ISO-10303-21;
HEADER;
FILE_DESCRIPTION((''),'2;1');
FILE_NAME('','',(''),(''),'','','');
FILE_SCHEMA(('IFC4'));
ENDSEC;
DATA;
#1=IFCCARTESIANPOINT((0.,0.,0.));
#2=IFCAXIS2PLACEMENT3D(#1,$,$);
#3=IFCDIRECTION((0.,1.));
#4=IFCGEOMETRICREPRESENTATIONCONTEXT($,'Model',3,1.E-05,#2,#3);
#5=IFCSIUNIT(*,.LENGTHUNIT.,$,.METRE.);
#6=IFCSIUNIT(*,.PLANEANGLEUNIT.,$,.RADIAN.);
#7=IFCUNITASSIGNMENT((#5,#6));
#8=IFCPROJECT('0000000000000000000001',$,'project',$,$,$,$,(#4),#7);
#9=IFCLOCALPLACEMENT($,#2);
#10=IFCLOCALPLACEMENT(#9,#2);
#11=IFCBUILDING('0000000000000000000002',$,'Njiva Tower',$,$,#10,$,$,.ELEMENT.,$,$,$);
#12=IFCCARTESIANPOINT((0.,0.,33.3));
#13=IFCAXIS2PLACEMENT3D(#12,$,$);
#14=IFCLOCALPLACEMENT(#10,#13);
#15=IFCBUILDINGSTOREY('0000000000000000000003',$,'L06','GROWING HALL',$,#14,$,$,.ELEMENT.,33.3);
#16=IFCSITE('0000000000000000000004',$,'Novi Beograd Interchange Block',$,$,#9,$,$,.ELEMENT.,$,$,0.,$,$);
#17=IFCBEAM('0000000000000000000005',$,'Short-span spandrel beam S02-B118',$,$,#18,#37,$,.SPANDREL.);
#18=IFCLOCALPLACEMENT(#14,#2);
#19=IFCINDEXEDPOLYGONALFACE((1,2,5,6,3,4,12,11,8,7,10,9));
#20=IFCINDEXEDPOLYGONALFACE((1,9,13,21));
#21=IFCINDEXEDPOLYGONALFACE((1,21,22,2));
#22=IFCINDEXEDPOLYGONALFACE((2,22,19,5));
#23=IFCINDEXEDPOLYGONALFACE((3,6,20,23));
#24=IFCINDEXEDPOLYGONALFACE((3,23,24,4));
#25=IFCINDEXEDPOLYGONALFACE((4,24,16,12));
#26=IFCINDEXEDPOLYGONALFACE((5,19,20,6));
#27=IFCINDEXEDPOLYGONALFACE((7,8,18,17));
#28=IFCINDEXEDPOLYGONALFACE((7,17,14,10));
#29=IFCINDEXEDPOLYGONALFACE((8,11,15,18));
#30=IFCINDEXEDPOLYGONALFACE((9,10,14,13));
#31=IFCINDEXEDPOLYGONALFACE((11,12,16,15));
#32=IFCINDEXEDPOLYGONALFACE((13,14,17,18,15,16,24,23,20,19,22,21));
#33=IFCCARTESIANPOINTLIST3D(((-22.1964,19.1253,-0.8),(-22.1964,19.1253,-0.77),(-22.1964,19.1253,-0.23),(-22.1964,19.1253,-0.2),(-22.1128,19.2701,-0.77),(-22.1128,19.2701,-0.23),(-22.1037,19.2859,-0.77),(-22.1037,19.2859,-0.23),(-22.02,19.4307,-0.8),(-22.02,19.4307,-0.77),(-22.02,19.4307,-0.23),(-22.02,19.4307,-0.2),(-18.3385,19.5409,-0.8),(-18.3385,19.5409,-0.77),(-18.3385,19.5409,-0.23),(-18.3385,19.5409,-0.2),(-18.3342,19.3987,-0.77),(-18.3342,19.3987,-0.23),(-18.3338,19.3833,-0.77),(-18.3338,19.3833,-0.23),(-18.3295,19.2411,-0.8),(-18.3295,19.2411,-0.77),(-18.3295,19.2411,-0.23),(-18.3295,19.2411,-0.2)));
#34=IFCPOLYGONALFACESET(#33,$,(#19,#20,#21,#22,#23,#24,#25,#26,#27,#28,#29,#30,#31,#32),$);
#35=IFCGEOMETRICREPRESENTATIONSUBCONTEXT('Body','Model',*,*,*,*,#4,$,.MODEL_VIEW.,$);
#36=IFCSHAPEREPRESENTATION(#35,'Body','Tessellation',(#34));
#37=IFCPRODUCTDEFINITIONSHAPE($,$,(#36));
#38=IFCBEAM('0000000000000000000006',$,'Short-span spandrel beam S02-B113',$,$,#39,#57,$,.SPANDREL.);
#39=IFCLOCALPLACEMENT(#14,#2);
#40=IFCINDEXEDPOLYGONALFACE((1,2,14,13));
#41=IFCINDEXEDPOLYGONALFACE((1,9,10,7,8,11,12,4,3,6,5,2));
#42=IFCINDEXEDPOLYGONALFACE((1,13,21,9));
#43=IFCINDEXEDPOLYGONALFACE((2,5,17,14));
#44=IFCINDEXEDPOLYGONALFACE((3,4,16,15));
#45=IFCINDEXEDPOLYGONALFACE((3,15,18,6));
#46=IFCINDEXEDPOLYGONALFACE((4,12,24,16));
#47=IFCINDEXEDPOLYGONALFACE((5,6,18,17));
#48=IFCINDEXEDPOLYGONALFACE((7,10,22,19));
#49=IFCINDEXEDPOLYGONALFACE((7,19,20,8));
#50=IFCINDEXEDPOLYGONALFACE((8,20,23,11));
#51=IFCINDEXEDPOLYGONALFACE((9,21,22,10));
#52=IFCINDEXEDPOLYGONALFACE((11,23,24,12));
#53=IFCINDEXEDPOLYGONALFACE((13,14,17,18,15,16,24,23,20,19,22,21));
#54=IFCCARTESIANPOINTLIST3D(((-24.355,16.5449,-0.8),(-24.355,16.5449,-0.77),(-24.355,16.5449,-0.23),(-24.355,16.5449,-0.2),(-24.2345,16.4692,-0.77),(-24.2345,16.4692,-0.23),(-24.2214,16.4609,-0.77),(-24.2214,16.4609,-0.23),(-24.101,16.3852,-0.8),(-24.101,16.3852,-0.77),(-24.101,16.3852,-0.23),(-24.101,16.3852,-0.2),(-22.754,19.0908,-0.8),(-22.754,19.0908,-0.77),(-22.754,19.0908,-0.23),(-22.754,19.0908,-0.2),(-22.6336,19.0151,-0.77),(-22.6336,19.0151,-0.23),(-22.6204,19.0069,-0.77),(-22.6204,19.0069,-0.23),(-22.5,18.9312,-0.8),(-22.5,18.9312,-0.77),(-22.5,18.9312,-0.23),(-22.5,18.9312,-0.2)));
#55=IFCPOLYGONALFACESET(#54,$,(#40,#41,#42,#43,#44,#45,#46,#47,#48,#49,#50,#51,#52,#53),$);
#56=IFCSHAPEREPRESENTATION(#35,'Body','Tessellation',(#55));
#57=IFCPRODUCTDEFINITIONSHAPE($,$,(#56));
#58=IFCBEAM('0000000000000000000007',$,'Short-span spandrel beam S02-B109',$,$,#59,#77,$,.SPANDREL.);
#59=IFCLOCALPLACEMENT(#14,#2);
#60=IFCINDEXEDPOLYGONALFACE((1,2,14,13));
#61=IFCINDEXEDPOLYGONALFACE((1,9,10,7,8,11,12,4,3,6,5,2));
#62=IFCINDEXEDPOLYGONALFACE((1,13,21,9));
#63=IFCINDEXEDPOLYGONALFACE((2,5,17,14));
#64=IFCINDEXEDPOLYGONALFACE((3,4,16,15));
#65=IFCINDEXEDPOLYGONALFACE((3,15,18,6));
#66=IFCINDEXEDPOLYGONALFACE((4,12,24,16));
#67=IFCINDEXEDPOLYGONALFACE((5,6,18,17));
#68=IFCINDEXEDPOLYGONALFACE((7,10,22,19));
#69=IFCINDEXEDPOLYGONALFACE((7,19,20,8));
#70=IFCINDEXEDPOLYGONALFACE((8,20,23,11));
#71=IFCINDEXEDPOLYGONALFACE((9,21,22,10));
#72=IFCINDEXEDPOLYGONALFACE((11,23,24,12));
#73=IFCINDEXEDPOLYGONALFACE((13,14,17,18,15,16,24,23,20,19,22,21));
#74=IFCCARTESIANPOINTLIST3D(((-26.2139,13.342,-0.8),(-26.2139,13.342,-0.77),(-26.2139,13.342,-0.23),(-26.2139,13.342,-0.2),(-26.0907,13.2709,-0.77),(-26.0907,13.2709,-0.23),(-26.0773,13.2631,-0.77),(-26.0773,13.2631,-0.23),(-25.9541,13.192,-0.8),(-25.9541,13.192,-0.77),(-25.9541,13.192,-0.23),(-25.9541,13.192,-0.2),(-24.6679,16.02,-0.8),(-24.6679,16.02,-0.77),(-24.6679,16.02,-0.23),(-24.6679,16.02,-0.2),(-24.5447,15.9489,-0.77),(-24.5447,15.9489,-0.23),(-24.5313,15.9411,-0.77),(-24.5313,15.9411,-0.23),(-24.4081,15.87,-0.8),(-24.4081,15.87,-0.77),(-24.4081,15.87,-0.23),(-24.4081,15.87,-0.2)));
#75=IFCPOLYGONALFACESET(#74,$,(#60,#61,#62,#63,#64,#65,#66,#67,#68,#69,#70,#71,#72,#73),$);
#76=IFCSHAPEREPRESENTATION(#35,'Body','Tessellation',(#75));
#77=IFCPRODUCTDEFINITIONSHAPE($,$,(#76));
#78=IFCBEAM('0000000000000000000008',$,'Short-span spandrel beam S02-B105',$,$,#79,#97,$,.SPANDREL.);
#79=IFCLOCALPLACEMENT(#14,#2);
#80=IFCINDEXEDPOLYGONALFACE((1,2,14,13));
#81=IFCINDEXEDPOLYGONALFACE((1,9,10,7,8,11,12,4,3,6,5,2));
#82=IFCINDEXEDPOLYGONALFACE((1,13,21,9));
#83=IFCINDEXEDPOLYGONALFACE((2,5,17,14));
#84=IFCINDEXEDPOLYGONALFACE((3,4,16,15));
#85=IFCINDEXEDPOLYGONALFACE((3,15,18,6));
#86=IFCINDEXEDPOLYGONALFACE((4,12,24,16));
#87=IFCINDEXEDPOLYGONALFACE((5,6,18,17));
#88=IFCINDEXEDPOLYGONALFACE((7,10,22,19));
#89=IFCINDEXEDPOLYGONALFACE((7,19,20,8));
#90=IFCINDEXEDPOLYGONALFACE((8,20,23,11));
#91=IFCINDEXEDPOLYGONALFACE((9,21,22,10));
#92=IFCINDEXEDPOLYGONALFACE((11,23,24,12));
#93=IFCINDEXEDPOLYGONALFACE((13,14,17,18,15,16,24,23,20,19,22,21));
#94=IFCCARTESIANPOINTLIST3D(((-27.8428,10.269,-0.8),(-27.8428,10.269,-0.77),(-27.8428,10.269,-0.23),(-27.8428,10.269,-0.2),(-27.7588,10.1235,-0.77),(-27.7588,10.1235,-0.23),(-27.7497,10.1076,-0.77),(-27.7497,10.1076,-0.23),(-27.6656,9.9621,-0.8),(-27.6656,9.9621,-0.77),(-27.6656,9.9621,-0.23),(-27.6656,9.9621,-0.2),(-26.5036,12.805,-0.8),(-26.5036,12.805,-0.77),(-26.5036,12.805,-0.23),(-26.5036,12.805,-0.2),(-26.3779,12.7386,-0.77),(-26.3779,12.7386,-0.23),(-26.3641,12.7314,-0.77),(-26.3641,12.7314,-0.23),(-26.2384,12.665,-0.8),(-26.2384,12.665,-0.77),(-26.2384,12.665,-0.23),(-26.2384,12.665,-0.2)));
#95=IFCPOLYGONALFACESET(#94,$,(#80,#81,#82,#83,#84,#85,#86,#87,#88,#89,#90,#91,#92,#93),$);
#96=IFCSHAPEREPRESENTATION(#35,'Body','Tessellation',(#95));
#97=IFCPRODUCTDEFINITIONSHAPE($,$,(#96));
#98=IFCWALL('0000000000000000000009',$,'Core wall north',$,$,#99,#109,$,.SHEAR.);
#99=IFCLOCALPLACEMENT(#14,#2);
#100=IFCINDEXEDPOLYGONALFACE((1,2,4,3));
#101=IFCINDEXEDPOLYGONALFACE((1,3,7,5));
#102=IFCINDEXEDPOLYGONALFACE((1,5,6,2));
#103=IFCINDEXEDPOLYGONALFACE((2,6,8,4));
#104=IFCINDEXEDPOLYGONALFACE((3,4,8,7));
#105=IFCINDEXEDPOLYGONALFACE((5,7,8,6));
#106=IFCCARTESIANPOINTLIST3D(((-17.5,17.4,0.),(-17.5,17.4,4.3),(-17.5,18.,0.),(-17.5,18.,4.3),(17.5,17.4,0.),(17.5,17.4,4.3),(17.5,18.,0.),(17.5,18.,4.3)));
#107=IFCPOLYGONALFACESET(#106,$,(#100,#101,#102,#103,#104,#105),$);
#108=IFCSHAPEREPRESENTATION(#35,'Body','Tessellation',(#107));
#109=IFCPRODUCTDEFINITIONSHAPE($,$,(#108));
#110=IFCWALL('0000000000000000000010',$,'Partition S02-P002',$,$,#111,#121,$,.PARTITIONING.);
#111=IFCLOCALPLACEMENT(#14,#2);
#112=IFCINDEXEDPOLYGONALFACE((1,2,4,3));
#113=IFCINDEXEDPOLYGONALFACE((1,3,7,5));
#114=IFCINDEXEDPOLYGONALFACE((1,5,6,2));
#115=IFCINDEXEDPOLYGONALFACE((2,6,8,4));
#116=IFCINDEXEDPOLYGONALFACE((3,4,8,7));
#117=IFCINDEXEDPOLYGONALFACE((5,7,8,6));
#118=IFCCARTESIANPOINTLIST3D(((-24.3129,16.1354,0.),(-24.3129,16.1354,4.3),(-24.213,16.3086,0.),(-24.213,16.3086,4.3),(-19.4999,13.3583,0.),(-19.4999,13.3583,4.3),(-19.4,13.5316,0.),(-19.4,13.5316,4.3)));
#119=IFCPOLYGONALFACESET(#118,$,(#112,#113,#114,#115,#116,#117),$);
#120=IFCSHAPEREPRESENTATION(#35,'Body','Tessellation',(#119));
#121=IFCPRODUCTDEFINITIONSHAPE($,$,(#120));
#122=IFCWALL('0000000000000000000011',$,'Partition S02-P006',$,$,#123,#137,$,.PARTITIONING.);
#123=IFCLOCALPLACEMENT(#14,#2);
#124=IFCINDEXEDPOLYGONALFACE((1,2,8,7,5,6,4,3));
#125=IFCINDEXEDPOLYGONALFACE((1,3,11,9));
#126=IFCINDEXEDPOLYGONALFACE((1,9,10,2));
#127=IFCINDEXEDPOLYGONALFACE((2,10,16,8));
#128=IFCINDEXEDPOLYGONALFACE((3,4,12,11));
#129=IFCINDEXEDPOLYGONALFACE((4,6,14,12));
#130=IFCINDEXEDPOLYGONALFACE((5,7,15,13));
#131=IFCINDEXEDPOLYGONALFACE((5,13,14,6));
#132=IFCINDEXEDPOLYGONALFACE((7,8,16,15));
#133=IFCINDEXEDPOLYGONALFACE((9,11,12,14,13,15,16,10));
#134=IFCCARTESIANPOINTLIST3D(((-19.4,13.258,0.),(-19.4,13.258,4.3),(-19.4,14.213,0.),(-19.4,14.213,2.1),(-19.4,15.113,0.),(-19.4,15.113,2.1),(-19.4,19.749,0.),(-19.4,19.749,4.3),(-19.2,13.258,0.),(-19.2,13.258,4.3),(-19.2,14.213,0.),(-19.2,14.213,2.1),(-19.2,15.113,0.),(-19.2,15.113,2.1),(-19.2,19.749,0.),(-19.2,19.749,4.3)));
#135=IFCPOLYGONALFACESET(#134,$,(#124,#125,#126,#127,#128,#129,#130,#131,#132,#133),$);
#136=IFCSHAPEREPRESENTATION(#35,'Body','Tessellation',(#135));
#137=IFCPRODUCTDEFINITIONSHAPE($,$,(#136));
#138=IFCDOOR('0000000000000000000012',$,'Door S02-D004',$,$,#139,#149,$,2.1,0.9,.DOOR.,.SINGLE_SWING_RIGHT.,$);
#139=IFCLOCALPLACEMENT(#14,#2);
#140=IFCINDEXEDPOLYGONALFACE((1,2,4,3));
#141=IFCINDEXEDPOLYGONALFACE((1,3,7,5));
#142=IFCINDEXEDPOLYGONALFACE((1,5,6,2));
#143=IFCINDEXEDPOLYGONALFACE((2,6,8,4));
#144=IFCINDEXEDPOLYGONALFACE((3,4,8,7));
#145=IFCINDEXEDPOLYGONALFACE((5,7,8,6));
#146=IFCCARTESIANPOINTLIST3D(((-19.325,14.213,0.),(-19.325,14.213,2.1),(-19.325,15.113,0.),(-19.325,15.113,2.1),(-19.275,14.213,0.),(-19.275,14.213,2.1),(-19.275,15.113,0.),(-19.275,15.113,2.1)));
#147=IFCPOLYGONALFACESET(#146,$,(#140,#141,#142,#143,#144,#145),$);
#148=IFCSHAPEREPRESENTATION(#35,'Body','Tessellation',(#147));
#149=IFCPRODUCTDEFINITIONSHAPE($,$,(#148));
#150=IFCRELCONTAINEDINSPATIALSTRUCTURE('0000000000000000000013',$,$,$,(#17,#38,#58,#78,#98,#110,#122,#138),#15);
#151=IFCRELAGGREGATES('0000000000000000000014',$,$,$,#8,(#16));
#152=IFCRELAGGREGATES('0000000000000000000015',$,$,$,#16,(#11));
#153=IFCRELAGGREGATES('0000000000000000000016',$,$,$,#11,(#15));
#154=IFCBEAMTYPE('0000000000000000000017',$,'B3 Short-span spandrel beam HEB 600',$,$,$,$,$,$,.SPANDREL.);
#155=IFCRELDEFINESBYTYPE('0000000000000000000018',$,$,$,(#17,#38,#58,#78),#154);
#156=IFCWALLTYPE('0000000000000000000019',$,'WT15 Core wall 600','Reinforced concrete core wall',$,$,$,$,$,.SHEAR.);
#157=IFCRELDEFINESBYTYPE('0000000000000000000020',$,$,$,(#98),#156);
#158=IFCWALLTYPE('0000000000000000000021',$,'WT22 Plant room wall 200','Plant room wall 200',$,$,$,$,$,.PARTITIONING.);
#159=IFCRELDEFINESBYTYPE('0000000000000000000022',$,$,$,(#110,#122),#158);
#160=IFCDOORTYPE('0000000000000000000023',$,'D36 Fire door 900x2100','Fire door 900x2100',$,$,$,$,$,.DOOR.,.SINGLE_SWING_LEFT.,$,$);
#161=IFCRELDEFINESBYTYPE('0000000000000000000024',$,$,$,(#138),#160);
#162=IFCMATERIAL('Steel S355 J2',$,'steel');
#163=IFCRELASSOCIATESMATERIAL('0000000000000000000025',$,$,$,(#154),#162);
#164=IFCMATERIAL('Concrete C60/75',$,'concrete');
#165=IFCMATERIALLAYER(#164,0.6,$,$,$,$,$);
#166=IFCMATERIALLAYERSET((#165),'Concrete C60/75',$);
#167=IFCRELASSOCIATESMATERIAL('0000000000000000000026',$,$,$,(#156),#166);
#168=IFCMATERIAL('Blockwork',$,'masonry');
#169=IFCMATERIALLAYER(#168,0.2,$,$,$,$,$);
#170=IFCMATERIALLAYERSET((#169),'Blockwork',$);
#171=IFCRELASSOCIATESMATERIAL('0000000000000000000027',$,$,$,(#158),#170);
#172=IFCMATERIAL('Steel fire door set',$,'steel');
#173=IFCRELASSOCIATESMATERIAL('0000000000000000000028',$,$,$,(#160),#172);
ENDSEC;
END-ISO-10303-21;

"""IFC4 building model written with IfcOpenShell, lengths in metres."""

from ifc_helpers import new_model, si_unit, direction, frame, frame_2d, origin, origin_2d, place, context, subcontext, project, spatial, rectangle, i_section, extrude, clip, halfspace, material, layer, layer_set, material_profile, profile_set, type_object, element, fill, save


model = new_model("IFC4")

# Units and contexts
model_context = context("Model", 3, precision=1e-05, world=origin(), true_north=direction((0.0, 1.0)))
body_context = subcontext(model_context, "Body", "Model", "MODEL_VIEW")
ifc_project = project(units=[si_unit("LENGTHUNIT", "METRE"), si_unit("PLANEANGLEUNIT", "RADIAN")], contexts=[model_context])

# Site, building, storey
site_placement = place(None, origin())
site = spatial("IfcSite", under=ifc_project, at=site_placement, Name="Novi Beograd Interchange Block", CompositionType="ELEMENT", RefElevation=0.0)
building_placement = place(site_placement, origin())
building = spatial("IfcBuilding", under=site, at=building_placement, Name="Njiva Tower", CompositionType="ELEMENT")
storey_placement = place(building_placement, frame((0.0, 0.0, 33.3)))
storey = spatial("IfcBuildingStorey", under=building, at=storey_placement, Name="L06", Description="GROWING HALL", CompositionType="ELEMENT", Elevation=33.3)

# Shared definitions
ifc_material_1 = material(Name="Steel S355 J2", Category="steel")

# Beams
ifc_material_profile_1 = material_profile(ifc_material_1, i_section(OverallWidth=0.3, OverallDepth=0.6, WebThickness=0.0155, FlangeThickness=0.03, at=origin_2d()), Name="HEB 600")
ifc_profile_set_1 = profile_set([ifc_material_profile_1], Name="Steel S355 J2")
beam_type_1 = type_object("IfcBeamType", Name="B3 Short-span spandrel beam HEB 600", PredefinedType="SPANDREL", material=ifc_profile_set_1)
beam_1_placement = place(storey_placement, frame((-18.334, 19.391, -0.5), z_axis=(-0.999552, -0.029928, 0.0), x_axis=(0.029928, -0.999552, 0.0)))
element("IfcBeam", 1, at=beam_1_placement, inside=storey, type_object=beam_type_1, Name="Short-span spandrel beam S02-B118", PredefinedType="SPANDREL", context=body_context, shape_type="Clipping", body=[
    clip(extrude(i_section(OverallWidth=0.3, OverallDepth=0.6, WebThickness=0.0155, FlangeThickness=0.03, at=origin_2d()), origin(), (0.0, 0.0, 1.0), 3.8887), halfspace(frame((-0.0259, 0.0, 3.7599), z_axis=(-0.525693, 0.0, 0.850675), x_axis=(0.0, 1.0, 0.0)), False)),
])
beam_2_placement = place(storey_placement, frame((-22.627, 19.011, -0.5), z_axis=(-0.532328, -0.846538, 0.0), x_axis=(0.846538, -0.532328, 0.0)))
element("IfcBeam", 2, at=beam_2_placement, inside=storey, type_object=beam_type_1, Name="Short-span spandrel beam S02-B113", PredefinedType="SPANDREL", context=body_context, shape_type="SweptSolid", body=[
    extrude(i_section(OverallWidth=0.3, OverallDepth=0.6, WebThickness=0.0155, FlangeThickness=0.03, at=origin_2d()), origin(), (0.0, 0.0, 1.0), 3.0075),
])
beam_3_placement = place(storey_placement, frame((-24.538, 15.945, -0.5), z_axis=(-0.499965, -0.866046, 0.0), x_axis=(0.866046, -0.499965, 0.0)))
element("IfcBeam", 3, at=beam_3_placement, inside=storey, type_object=beam_type_1, Name="Short-span spandrel beam S02-B109", PredefinedType="SPANDREL", context=body_context, shape_type="SweptSolid", body=[
    extrude(i_section(OverallWidth=0.3, OverallDepth=0.6, WebThickness=0.0155, FlangeThickness=0.03, at=origin_2d()), origin(), (0.0, 0.0, 1.0), 3.0922),
])
beam_4_placement = place(storey_placement, frame((-26.371, 12.735, -0.5), z_axis=(-0.466957, -0.88428, 0.0), x_axis=(0.88428, -0.466957, 0.0)))
element("IfcBeam", 4, at=beam_4_placement, inside=storey, type_object=beam_type_1, Name="Short-span spandrel beam S02-B105", PredefinedType="SPANDREL", context=body_context, shape_type="Clipping", body=[
    clip(extrude(i_section(OverallWidth=0.3, OverallDepth=0.6, WebThickness=0.0155, FlangeThickness=0.03, at=origin_2d()), origin(), (0.0, 0.0, 1.0), 3.0757), halfspace(frame((-0.0271, 0.0, 2.9452), z_axis=(-0.532333, 0.0, 0.846535), x_axis=(0.0, 1.0, 0.0)), False)),
])

# Walls
ifc_material_2 = material(Name="Concrete C60/75", Category="concrete")
ifc_layer_1 = layer(ifc_material_2, 0.6)
ifc_layer_set_1 = layer_set([ifc_layer_1], Name="Concrete C60/75")
wall_type_1 = type_object("IfcWallType", Name="WT15 Core wall 600", Description="Reinforced concrete core wall", PredefinedType="SHEAR", material=ifc_layer_set_1)
wall_1_placement = place(storey_placement, frame((-17.5, 17.7, 0.0), z_axis=(0.0, 0.0, 1.0), x_axis=(1.0, 0.0, 0.0)))
element("IfcWall", 5, at=wall_1_placement, inside=storey, type_object=wall_type_1, Name="Core wall north", PredefinedType="SHEAR", context=body_context, shape_type="SweptSolid", body=[
    extrude(rectangle(XDim=35.0, YDim=0.6, at=frame_2d((17.5, 0.0))), origin(), (0.0, 0.0, 1.0), 4.3),
])
ifc_material_3 = material(Name="Blockwork", Category="masonry")
ifc_layer_2 = layer(ifc_material_3, 0.2)
ifc_layer_set_2 = layer_set([ifc_layer_2], Name="Blockwork")
wall_type_2 = type_object("IfcWallType", Name="WT22 Plant room wall 200", Description="Plant room wall 200", PredefinedType="PARTITIONING", material=ifc_layer_set_2)
wall_2_placement = place(storey_placement, frame((-24.263, 16.222, 0.0), z_axis=(0.0, 0.0, 1.0), x_axis=(0.866165, -0.499759, 0.0)))
element("IfcWall", 6, at=wall_2_placement, inside=storey, type_object=wall_type_2, Name="Partition S02-P002", PredefinedType="PARTITIONING", context=body_context, shape_type="SweptSolid", body=[
    extrude(rectangle(XDim=5.5567, YDim=0.2, at=frame_2d((2.7784, 0.0))), origin(), (0.0, 0.0, 1.0), 4.3),
])

# Wall, opening, door
wall_3_placement = place(storey_placement, frame((-19.3, 13.258, 0.0), z_axis=(0.0, 0.0, 1.0), x_axis=(0.0, 1.0, 0.0)))
wall_3 = element("IfcWall", 7, at=wall_3_placement, inside=storey, type_object=wall_type_2, Name="Partition S02-P006", PredefinedType="PARTITIONING", context=body_context, shape_type="SweptSolid", body=[
    extrude(rectangle(XDim=6.491, YDim=0.2, at=frame_2d((3.2455, 0.0))), origin(), (0.0, 0.0, 1.0), 4.3),
])
opening_1_placement = place(wall_3_placement, frame((0.955, 0.0, 0.0)))
opening_1 = element("IfcOpeningElement", 8, at=opening_1_placement, cuts=wall_3, PredefinedType="OPENING", context=body_context, shape_type="SweptSolid", body=[
    extrude(rectangle(XDim=0.9, YDim=2.1, at=frame_2d((0.45, 1.05))), frame((0.0, 0.11, 0.0), z_axis=(0.0, -1.0, 0.0), x_axis=(1.0, 0.0, 0.0)), (0.0, 0.0, 1.0), 0.22),
])
ifc_material_4 = material(Name="Steel fire door set", Category="steel")
door_type = type_object("IfcDoorType", Name="D36 Fire door 900x2100", Description="Fire door 900x2100", OperationType="SINGLE_SWING_LEFT", PredefinedType="DOOR", material=ifc_material_4)
door_placement = place(opening_1_placement, origin())
door = element("IfcDoor", 9, at=door_placement, inside=storey, type_object=door_type, Name="Door S02-D004", OperationType="SINGLE_SWING_RIGHT", OverallHeight=2.1, OverallWidth=0.9, PredefinedType="DOOR", context=body_context, shape_type="SweptSolid", body=[
    extrude(rectangle(XDim=0.9, YDim=2.1, at=frame_2d((0.45, 1.05))), frame((0.0, 0.025, 0.0), z_axis=(0.0, -1.0, 0.0), x_axis=(1.0, 0.0, 0.0)), (0.0, 0.0, 1.0), 0.05),
])
fill(opening_1, door)

save(model, "model.ifc")
